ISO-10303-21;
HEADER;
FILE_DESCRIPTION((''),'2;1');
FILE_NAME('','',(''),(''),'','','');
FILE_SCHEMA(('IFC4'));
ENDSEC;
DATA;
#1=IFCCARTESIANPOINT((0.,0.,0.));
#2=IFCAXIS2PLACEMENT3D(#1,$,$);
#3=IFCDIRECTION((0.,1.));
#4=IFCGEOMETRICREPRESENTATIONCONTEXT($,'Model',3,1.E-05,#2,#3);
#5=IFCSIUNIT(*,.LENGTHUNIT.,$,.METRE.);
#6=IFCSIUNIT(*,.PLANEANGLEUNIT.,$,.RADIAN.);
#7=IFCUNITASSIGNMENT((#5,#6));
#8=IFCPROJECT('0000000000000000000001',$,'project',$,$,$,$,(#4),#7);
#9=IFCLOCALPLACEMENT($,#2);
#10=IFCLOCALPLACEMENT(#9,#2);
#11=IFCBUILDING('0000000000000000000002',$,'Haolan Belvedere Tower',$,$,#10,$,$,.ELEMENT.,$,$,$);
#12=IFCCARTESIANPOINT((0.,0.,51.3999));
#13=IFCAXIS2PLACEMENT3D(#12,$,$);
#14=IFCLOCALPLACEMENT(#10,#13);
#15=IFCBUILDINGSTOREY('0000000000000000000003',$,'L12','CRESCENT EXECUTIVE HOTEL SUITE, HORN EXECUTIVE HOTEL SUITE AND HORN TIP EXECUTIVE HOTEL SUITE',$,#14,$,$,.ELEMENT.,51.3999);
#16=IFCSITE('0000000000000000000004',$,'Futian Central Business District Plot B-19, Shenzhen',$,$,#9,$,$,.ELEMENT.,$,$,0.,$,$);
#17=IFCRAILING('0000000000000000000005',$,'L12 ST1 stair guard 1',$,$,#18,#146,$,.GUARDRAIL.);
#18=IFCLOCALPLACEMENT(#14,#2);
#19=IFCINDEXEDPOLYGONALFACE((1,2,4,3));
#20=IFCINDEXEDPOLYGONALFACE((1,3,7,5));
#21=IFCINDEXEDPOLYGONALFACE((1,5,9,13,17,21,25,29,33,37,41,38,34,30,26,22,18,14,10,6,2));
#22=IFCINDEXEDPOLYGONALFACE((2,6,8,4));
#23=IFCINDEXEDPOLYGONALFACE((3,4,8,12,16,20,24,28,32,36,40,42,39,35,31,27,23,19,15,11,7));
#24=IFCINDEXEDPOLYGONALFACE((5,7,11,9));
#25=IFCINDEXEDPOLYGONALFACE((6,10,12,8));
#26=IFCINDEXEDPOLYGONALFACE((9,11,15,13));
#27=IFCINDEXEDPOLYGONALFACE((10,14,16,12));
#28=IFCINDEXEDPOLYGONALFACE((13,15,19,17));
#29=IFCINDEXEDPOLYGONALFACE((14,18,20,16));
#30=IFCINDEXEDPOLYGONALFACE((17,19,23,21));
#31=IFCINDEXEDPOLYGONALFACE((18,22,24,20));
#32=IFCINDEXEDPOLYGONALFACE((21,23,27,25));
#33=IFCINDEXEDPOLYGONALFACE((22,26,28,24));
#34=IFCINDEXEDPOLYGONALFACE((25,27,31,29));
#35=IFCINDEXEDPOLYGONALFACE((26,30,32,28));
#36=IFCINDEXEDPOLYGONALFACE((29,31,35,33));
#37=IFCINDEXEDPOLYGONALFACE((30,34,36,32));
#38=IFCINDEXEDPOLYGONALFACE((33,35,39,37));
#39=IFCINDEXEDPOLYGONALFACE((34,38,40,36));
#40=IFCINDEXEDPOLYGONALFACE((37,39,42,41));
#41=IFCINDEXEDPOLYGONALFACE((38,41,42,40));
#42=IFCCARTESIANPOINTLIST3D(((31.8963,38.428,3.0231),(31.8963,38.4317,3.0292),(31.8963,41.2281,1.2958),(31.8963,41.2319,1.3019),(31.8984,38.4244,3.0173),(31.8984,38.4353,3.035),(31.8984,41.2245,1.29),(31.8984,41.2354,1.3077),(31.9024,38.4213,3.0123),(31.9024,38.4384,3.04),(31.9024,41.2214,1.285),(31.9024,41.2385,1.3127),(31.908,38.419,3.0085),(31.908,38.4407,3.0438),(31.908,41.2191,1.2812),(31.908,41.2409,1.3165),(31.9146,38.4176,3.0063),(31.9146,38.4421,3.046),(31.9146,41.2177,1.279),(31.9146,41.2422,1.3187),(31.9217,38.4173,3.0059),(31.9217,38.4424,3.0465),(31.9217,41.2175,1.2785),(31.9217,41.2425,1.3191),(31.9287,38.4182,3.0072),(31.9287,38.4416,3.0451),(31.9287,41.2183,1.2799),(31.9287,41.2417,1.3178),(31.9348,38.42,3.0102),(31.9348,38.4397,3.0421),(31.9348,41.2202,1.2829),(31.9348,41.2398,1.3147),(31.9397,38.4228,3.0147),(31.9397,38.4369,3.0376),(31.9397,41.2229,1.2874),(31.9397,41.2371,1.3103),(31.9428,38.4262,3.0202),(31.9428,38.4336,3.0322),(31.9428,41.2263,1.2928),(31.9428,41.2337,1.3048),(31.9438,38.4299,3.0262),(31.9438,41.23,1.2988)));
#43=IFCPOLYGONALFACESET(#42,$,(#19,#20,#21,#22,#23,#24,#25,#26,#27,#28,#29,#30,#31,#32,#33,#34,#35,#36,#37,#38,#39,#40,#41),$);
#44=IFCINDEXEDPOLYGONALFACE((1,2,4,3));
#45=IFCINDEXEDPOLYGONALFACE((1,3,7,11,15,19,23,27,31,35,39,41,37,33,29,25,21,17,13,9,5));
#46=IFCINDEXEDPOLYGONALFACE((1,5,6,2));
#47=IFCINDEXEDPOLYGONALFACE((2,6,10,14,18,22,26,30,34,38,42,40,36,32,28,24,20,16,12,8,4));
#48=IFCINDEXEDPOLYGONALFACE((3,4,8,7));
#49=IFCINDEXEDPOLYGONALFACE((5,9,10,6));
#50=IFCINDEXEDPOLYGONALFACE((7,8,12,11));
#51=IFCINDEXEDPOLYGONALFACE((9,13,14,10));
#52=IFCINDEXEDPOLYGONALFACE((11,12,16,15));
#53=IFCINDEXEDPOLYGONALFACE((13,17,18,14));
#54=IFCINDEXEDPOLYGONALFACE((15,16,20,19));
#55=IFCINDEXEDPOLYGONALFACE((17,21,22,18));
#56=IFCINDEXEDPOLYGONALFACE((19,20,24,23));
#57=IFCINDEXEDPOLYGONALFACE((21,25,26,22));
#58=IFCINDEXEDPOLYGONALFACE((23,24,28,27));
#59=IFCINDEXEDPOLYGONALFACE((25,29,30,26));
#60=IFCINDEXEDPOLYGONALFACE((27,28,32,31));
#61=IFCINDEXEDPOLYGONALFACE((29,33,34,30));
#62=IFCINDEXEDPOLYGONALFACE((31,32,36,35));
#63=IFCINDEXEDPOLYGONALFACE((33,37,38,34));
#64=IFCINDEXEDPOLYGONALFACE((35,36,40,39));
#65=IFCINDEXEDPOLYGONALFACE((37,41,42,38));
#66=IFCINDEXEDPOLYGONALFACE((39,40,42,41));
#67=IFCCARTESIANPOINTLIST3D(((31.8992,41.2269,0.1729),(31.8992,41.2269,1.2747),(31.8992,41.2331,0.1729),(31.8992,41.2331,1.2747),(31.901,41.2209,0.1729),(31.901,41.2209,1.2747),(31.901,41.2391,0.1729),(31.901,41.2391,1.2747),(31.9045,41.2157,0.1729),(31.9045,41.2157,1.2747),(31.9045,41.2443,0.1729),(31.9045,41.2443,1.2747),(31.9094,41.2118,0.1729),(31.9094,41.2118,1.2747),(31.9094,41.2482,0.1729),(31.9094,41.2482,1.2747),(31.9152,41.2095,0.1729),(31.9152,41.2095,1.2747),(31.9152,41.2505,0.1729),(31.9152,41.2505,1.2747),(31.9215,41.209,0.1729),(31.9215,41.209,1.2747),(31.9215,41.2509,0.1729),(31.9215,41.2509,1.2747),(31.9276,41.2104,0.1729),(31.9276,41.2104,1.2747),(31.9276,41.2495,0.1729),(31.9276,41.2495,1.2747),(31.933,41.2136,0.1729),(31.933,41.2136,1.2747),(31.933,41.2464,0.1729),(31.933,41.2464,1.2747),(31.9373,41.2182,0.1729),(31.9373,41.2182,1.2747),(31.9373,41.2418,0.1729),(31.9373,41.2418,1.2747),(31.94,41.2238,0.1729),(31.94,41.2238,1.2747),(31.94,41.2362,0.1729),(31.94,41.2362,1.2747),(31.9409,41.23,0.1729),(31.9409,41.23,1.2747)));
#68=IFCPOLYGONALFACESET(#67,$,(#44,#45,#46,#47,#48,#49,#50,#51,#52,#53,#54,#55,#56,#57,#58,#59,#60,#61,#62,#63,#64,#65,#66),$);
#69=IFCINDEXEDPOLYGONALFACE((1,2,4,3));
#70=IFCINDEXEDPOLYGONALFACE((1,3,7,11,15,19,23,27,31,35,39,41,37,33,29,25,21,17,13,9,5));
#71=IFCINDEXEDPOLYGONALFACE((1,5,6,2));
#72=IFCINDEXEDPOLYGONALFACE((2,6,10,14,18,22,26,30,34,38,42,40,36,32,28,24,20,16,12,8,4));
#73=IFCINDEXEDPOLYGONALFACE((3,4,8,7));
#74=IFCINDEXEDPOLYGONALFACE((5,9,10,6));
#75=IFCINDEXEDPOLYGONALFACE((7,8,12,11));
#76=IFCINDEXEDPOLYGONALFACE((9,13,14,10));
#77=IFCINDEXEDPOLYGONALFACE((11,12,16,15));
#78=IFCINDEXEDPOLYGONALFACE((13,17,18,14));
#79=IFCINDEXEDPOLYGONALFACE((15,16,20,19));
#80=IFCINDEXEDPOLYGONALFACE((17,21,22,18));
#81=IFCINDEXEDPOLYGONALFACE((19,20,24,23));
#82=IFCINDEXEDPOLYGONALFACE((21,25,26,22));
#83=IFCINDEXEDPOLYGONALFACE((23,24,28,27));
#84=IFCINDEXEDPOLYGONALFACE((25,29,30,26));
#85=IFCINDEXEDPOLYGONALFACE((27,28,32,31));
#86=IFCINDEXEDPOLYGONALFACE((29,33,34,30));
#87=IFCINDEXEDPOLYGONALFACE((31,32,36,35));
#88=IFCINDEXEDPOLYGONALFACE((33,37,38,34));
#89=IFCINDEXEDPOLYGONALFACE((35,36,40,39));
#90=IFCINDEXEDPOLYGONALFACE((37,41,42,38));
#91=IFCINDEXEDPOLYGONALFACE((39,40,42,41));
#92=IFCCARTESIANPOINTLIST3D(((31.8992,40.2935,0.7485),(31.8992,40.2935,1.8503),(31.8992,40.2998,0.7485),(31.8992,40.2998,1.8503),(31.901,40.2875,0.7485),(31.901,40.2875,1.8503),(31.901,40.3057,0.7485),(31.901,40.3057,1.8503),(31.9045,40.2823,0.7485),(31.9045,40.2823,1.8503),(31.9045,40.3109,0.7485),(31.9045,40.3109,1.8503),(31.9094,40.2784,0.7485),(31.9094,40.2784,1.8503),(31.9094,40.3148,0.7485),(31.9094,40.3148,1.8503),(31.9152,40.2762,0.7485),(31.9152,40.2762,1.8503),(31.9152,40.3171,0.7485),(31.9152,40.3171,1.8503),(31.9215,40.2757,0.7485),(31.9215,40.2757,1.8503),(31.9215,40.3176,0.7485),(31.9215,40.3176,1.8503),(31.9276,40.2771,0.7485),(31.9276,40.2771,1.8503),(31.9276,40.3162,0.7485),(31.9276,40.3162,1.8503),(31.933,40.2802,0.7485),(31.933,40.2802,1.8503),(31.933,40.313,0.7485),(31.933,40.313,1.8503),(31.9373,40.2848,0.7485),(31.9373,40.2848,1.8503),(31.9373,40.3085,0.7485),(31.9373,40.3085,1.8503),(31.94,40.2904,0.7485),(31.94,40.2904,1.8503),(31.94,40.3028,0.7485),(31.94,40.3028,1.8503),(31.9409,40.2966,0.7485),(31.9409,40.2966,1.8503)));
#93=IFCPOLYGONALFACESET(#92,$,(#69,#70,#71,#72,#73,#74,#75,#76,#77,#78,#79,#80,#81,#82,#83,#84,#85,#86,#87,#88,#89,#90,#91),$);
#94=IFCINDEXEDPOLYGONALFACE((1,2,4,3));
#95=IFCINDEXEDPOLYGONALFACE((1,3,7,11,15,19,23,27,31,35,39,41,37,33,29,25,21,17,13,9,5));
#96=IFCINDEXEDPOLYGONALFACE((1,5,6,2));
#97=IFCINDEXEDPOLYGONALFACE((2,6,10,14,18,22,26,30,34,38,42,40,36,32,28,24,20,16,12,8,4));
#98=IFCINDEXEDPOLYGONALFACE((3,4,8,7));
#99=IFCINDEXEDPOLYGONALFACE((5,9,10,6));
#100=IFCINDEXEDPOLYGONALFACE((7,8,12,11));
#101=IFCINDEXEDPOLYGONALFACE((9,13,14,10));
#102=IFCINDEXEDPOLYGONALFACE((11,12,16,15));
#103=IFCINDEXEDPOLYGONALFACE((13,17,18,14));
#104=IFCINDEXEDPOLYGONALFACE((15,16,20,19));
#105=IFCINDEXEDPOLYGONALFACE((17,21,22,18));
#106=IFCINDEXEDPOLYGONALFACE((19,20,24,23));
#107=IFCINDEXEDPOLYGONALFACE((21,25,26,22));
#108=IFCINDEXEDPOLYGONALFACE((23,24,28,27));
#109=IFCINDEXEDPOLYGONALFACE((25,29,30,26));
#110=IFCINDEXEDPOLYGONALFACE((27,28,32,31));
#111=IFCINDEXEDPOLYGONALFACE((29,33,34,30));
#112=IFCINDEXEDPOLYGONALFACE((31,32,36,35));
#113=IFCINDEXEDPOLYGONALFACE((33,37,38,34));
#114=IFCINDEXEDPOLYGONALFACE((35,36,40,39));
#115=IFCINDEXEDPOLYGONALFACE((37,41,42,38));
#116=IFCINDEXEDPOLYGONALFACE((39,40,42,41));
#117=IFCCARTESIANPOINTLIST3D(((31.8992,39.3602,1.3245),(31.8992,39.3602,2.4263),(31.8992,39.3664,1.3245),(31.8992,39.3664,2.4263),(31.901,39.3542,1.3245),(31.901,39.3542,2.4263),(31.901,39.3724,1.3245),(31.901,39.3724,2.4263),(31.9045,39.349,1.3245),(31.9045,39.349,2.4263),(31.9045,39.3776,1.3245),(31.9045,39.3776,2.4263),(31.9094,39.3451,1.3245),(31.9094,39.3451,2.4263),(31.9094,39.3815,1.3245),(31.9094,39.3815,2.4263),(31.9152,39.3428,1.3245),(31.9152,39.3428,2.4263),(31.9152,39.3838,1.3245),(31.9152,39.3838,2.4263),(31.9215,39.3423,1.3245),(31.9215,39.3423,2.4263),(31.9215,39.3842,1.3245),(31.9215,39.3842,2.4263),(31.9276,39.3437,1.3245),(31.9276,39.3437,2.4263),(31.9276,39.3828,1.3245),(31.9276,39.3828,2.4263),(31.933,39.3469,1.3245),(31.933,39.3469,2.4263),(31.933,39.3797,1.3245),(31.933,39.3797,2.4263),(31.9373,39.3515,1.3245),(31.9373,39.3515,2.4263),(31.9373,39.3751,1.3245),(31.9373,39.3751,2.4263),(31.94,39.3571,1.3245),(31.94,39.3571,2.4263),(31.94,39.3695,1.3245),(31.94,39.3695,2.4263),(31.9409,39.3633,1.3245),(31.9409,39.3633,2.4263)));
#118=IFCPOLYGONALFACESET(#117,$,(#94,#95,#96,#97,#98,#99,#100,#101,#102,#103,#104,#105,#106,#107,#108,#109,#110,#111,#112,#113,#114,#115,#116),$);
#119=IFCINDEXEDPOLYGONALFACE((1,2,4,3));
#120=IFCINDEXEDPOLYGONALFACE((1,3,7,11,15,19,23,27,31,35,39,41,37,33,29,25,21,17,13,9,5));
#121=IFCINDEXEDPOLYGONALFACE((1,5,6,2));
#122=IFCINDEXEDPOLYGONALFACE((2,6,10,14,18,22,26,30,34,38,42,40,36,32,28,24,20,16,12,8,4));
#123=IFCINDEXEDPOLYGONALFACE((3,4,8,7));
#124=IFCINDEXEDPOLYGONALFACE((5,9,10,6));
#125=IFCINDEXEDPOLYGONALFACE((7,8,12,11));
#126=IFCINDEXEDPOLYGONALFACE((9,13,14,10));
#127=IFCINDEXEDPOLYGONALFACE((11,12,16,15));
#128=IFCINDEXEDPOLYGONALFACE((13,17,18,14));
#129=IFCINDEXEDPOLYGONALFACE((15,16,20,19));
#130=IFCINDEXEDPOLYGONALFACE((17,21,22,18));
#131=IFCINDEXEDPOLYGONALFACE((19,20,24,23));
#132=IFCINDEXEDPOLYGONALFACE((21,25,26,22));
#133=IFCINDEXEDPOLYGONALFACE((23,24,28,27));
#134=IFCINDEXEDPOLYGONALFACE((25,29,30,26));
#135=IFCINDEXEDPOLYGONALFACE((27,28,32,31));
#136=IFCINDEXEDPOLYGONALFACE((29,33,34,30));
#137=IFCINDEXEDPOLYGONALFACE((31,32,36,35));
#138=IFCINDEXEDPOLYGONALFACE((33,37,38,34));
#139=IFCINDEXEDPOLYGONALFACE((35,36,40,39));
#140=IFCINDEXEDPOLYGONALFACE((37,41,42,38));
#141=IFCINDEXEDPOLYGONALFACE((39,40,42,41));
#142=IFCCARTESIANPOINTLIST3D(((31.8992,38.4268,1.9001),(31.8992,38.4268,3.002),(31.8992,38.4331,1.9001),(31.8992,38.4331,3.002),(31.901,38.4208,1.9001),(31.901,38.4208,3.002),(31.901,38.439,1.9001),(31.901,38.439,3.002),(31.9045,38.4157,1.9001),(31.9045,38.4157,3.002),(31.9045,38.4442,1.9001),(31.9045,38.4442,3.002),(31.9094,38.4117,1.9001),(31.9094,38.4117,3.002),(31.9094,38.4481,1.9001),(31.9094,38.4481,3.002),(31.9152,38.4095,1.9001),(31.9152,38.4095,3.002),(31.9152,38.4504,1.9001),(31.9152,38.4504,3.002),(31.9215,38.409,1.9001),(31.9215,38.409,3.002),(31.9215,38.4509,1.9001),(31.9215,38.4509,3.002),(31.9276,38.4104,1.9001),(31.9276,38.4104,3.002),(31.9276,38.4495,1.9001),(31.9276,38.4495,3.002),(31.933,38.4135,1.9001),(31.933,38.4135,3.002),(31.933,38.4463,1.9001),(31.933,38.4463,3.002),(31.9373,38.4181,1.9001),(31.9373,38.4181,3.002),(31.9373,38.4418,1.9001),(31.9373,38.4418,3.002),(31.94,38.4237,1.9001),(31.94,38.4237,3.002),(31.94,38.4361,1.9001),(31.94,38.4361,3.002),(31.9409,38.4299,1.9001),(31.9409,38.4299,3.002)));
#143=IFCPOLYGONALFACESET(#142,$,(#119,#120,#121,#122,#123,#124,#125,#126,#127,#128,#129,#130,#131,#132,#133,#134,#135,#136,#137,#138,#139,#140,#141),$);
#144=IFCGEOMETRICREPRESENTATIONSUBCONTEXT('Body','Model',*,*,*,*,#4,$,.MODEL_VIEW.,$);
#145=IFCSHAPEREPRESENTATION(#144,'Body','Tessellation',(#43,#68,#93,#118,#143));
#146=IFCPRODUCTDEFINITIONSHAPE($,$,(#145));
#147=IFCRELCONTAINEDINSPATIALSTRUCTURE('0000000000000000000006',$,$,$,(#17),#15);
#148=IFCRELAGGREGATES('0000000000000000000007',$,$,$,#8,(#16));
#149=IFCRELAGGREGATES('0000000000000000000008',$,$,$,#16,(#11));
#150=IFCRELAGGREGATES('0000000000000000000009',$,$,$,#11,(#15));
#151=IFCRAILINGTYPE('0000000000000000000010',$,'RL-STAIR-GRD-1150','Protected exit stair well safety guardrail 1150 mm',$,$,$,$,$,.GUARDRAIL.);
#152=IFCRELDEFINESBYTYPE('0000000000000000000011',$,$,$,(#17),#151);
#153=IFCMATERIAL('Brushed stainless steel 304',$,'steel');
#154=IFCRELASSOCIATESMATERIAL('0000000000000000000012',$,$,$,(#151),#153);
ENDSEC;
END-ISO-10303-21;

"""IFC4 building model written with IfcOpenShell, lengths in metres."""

from ifc_helpers import new_model, si_unit, direction, frame, origin, origin_2d, place, context, subcontext, project, spatial, circle, extrude, material, type_object, element, save


model = new_model("IFC4")

# Units and contexts
model_context = context("Model", 3, precision=1e-05, world=origin(), true_north=direction((0.0, 1.0)))
body_context = subcontext(model_context, "Body", "Model", "MODEL_VIEW")
ifc_project = project(units=[si_unit("LENGTHUNIT", "METRE"), si_unit("PLANEANGLEUNIT", "RADIAN")], contexts=[model_context])

# Site, building, storey
site_placement = place(None, origin())
site = spatial("IfcSite", under=ifc_project, at=site_placement, Name="Futian Central Business District Plot B-19, Shenzhen", CompositionType="ELEMENT", RefElevation=0.0)
building_placement = place(site_placement, origin())
building = spatial("IfcBuilding", under=site, at=building_placement, Name="Haolan Belvedere Tower", CompositionType="ELEMENT")
storey_placement = place(building_placement, frame((0.0, 0.0, 51.3999)))
storey = spatial("IfcBuildingStorey", under=building, at=storey_placement, Name="L12", Description="CRESCENT EXECUTIVE HOTEL SUITE, HORN EXECUTIVE HOTEL SUITE AND HORN TIP EXECUTIVE HOTEL SUITE", CompositionType="ELEMENT", Elevation=51.3999)

# Railing
ifc_material_1 = material(Name="Brushed stainless steel 304", Category="steel")
railing_type_1 = type_object("IfcRailingType", Name="RL-STAIR-GRD-1150", Description="Protected exit stair well safety guardrail 1150 mm", PredefinedType="GUARDRAIL", material=ifc_material_1)
railing_1_placement = place(storey_placement, frame((31.9199, 41.23, 0.1729)))
element("IfcRailing", 1, at=railing_1_placement, inside=storey, type_object=railing_type_1, Name="L12 ST1 stair guard 1", PredefinedType="GUARDRAIL", context=body_context, shape_type="SweptSolid", body=[
    extrude(circle(Radius=0.0239, at=origin_2d()), frame((0.0, 0.0, 1.126), z_axis=(0.0, -0.85109, 0.52502), x_axis=(1.0, 0.0, 0.0)), (0.0, 0.0, 1.0), 3.29),
    extrude(circle(Radius=0.021, at=origin_2d()), origin(), (0.0, 0.0, 1.0), 1.1018),
    extrude(circle(Radius=0.021, at=origin_2d()), frame((0.0, -0.9333, 0.5757)), (0.0, 0.0, 1.0), 1.1018),
    extrude(circle(Radius=0.021, at=origin_2d()), frame((0.0, -1.8667, 1.1516)), (0.0, 0.0, 1.0), 1.1018),
    extrude(circle(Radius=0.021, at=origin_2d()), frame((0.0, -2.8, 1.7273)), (0.0, 0.0, 1.0), 1.1018),
])

save(model, "model.ifc")
